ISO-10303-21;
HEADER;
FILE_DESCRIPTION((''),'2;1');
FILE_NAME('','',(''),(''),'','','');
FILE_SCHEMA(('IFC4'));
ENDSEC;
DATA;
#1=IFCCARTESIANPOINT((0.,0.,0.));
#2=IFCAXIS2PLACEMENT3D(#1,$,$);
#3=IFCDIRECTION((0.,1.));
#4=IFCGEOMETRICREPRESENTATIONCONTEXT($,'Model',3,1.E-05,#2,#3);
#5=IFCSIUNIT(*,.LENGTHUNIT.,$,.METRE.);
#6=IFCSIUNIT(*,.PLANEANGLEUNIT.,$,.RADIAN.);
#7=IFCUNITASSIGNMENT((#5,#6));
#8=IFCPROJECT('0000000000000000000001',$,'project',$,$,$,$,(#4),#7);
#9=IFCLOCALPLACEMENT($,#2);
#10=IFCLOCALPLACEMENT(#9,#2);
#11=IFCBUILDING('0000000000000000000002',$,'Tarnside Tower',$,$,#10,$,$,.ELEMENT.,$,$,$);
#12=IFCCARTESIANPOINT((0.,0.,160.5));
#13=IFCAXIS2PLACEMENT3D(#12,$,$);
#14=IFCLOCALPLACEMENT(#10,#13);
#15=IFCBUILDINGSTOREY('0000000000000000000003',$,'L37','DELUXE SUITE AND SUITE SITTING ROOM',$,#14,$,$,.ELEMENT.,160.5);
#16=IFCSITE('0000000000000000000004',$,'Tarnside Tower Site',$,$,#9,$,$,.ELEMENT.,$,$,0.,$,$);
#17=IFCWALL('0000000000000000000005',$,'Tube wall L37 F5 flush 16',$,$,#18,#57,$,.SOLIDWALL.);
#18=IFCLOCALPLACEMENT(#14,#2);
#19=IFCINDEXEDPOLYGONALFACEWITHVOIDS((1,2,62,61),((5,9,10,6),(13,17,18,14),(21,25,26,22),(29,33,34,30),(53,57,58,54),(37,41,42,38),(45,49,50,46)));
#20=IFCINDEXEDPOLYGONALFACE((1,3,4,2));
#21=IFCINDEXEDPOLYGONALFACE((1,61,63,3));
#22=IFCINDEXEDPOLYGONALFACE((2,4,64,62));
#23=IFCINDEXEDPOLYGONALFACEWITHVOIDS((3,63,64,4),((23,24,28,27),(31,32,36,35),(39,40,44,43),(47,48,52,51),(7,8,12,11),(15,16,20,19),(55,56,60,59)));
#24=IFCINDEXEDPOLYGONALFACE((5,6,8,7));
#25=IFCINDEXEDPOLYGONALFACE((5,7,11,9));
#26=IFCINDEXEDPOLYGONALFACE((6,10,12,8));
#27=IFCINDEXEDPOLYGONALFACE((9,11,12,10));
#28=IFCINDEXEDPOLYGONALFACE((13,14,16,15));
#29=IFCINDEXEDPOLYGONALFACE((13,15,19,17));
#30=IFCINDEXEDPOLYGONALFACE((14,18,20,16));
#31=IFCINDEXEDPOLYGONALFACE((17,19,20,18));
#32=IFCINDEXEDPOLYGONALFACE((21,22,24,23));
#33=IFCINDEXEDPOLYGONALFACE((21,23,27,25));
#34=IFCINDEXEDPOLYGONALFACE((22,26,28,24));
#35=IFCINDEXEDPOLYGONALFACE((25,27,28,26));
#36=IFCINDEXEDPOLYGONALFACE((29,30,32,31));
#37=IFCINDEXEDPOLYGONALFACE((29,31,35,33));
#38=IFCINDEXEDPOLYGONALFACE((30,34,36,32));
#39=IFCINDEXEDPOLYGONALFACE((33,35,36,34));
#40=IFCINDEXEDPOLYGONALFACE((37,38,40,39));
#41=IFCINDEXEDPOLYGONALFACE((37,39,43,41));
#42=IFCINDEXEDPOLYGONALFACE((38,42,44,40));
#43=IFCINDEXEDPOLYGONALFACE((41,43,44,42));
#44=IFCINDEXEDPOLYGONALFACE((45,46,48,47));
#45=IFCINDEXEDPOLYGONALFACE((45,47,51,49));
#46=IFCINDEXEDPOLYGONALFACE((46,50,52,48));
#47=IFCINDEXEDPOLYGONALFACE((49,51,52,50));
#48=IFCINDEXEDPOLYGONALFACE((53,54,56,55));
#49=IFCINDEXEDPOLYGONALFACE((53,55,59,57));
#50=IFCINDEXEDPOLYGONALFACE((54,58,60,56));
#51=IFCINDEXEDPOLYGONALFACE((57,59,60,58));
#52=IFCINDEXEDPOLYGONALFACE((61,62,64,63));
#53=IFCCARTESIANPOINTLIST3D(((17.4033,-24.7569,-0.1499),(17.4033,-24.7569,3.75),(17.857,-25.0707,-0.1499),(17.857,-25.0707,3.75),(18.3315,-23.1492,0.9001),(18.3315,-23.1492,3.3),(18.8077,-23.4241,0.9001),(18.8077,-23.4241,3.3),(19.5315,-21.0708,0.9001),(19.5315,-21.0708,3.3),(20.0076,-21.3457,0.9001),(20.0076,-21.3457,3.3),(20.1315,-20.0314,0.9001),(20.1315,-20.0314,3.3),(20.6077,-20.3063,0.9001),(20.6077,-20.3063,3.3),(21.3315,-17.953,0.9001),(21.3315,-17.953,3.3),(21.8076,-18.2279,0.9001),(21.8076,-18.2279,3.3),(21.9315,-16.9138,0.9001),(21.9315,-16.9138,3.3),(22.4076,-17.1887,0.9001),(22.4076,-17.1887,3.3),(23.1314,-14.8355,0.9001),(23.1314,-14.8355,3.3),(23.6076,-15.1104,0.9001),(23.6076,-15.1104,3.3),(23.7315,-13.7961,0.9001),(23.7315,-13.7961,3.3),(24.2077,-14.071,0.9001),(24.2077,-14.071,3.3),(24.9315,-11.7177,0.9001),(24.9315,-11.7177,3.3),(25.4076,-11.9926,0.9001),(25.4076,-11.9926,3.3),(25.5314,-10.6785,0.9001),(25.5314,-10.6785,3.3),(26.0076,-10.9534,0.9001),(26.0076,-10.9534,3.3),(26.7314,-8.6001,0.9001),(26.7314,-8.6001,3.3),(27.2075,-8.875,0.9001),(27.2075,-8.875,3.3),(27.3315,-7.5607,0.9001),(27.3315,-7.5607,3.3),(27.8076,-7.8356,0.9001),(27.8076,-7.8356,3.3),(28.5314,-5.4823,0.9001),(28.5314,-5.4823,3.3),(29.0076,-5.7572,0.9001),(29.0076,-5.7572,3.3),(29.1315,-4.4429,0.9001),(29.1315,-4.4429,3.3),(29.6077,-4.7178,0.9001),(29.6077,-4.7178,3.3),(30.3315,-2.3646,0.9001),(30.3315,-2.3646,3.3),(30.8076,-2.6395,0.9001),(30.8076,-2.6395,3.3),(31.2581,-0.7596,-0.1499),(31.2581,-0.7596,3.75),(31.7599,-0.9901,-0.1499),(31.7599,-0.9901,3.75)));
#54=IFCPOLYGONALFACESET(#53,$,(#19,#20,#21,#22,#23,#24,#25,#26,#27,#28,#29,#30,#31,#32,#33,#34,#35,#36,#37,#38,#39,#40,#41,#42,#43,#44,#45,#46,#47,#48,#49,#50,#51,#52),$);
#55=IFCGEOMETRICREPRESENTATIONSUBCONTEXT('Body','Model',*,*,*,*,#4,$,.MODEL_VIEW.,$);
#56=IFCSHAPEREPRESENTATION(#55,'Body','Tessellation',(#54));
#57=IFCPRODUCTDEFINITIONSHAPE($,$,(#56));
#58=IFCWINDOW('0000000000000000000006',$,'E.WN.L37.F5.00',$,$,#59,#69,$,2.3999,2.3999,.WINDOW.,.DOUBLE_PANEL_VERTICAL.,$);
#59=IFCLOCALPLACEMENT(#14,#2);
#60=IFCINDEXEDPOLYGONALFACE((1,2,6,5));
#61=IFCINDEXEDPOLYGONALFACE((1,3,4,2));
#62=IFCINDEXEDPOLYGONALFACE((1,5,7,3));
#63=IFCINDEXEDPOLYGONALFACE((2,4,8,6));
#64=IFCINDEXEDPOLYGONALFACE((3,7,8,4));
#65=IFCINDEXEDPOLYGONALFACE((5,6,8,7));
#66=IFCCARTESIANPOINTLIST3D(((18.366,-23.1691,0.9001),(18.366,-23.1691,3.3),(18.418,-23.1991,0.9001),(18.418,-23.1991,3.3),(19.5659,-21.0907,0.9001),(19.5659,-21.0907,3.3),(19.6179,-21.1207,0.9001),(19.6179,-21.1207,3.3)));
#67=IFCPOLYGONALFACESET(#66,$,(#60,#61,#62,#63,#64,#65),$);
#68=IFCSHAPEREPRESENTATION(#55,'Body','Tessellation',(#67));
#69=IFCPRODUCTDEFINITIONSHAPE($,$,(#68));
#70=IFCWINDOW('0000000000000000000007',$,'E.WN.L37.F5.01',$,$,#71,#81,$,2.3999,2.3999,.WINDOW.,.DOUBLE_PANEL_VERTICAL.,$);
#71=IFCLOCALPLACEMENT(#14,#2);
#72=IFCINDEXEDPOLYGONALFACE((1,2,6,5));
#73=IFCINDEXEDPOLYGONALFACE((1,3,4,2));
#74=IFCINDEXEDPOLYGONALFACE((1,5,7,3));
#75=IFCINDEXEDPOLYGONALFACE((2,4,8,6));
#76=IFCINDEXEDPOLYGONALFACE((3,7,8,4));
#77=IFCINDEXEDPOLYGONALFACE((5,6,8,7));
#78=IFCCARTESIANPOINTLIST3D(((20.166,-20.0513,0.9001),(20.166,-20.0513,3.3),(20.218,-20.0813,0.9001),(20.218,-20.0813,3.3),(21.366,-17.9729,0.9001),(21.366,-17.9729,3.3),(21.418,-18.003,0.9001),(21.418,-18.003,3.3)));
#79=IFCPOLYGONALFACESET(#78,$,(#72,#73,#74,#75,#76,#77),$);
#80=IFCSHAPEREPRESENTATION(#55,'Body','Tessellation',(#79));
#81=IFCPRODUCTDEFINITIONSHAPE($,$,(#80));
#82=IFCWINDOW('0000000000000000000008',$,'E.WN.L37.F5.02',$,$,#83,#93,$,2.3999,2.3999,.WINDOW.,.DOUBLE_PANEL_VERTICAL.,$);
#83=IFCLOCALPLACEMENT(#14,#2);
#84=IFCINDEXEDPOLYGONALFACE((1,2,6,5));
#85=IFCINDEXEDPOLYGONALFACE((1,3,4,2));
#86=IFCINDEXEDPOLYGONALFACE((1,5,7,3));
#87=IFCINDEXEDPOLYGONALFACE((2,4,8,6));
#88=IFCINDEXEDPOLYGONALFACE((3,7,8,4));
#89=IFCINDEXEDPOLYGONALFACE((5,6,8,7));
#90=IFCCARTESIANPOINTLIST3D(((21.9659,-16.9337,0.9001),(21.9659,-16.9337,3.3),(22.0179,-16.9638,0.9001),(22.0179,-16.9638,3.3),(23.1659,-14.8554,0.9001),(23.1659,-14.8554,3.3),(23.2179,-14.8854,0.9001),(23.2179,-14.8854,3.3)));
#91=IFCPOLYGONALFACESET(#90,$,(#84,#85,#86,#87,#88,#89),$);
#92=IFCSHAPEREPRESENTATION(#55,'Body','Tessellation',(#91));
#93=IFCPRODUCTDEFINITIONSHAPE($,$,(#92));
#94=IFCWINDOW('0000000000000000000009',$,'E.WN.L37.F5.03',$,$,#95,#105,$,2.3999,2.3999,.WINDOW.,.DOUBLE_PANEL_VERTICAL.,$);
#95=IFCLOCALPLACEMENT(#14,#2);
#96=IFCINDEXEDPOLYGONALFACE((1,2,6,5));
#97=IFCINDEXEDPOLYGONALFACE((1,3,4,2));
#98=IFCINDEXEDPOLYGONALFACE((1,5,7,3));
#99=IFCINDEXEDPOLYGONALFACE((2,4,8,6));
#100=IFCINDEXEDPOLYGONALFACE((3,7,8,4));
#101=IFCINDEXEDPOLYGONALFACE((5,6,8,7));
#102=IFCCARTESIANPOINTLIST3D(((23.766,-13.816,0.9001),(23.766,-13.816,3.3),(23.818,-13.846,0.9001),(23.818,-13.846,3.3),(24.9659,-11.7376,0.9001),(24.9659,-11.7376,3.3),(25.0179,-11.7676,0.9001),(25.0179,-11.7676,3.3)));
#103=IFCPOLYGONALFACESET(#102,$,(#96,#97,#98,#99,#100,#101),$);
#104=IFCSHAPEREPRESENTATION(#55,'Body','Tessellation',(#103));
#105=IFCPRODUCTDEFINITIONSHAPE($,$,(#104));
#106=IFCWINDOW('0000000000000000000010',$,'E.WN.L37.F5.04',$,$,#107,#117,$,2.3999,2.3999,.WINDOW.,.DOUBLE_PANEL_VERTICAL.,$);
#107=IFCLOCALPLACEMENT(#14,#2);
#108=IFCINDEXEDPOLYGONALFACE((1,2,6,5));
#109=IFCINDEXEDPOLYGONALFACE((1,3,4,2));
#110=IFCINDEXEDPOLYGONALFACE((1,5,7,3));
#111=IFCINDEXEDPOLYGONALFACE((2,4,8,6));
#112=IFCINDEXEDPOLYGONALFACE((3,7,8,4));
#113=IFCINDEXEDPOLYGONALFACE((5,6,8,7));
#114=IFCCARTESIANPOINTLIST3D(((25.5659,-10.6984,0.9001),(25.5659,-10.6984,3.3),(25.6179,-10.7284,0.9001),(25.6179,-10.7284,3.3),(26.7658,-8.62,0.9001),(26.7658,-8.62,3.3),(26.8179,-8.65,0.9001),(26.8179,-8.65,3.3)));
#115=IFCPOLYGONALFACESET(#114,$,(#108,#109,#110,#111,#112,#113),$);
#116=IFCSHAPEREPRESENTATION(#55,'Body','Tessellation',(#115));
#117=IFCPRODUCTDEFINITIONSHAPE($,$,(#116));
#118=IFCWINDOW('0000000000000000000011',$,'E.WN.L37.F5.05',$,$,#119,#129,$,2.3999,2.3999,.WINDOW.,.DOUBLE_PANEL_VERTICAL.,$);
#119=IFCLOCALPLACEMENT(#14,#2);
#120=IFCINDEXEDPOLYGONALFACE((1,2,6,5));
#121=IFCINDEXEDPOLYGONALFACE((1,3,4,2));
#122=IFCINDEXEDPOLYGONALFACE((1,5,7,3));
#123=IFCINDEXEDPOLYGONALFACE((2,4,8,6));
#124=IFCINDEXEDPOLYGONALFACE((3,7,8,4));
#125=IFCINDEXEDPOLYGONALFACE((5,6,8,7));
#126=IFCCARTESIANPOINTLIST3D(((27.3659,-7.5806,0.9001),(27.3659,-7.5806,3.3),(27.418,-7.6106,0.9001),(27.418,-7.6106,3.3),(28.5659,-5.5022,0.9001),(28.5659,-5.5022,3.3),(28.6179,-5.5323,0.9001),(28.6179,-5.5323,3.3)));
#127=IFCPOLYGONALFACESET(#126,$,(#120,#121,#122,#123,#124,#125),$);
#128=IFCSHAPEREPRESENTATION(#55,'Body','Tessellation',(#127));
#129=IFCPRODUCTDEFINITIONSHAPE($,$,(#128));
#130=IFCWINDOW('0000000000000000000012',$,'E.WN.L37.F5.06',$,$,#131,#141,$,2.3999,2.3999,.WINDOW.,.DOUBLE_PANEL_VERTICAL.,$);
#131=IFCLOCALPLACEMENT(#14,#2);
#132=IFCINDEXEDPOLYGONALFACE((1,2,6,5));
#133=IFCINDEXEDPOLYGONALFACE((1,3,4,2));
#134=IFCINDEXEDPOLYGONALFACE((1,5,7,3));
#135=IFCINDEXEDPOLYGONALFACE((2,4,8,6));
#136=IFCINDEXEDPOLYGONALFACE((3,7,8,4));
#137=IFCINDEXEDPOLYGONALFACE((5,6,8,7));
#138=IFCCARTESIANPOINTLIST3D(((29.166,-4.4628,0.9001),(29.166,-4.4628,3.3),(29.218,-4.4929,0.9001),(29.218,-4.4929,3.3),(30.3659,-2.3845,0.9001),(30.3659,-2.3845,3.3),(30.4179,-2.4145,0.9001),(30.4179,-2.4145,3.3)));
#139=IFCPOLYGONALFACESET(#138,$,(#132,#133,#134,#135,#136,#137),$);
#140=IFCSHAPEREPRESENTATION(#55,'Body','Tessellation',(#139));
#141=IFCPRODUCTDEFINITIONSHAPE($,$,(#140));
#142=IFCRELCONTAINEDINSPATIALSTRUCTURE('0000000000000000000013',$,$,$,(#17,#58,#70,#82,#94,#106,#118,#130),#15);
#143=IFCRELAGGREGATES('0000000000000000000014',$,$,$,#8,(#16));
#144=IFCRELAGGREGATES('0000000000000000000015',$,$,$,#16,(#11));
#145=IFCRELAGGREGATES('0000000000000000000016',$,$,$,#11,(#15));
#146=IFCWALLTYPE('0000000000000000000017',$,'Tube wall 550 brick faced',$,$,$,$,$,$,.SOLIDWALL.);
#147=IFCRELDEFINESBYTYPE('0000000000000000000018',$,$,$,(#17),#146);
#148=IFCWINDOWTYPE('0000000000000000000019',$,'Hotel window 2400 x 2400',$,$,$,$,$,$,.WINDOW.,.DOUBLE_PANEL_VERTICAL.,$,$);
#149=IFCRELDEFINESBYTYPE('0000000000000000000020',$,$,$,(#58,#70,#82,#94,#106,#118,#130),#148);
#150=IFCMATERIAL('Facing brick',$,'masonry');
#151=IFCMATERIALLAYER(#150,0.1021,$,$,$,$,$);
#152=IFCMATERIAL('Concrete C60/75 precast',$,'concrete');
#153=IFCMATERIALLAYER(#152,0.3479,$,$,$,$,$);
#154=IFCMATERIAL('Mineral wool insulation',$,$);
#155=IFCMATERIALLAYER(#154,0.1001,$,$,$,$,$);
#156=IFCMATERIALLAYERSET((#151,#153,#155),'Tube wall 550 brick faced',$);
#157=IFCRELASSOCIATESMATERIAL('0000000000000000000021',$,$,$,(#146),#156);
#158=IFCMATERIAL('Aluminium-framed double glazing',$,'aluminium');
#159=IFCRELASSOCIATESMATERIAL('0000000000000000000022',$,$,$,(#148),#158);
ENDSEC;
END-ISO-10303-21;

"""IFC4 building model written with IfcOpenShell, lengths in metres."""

from ifc_helpers import new_model, si_unit, direction, frame, frame_2d, origin, place, context, subcontext, project, spatial, polyline, rectangle, outline, extrude, material, layer, layer_set, type_object, element, fill, save


model = new_model("IFC4")

# Units and contexts
model_context = context("Model", 3, precision=1e-05, world=origin(), true_north=direction((0.0, 1.0)))
body_context = subcontext(model_context, "Body", "Model", "MODEL_VIEW")
ifc_project = project(units=[si_unit("LENGTHUNIT", "METRE"), si_unit("PLANEANGLEUNIT", "RADIAN")], contexts=[model_context])

# Site, building, storey
site_placement = place(None, origin())
site = spatial("IfcSite", under=ifc_project, at=site_placement, Name="Tarnside Tower Site", CompositionType="ELEMENT", RefElevation=0.0)
building_placement = place(site_placement, origin())
building = spatial("IfcBuilding", under=site, at=building_placement, Name="Tarnside Tower", CompositionType="ELEMENT")
storey_placement = place(building_placement, frame((0.0, 0.0, 160.5)))
storey = spatial("IfcBuildingStorey", under=building, at=storey_placement, Name="L37", Description="DELUXE SUITE AND SUITE SITTING ROOM", CompositionType="ELEMENT", Elevation=160.5)

# Shared definitions
ifc_material_1 = material(Name="Facing brick", Category="masonry")
ifc_layer_1 = layer(ifc_material_1, 0.1021)
ifc_material_2 = material(Name="Concrete C60/75 precast", Category="concrete")
ifc_layer_2 = layer(ifc_material_2, 0.3479)
ifc_material_3 = material(Name="Mineral wool insulation")
ifc_layer_3 = layer(ifc_material_3, 0.1001)
ifc_layer_set_1 = layer_set([ifc_layer_1, ifc_layer_2, ifc_layer_3], Name="Tube wall 550 brick faced")
wall_type_1 = type_object("IfcWallType", Name="Tube wall 550 brick faced", PredefinedType="SOLIDWALL", material=ifc_layer_set_1)

# Wall, openings, windows
wall_1_placement = place(storey_placement, frame((17.6301, -24.9138, -0.1499), z_axis=(0.0, 0.0, 1.0), x_axis=(0.499999, 0.866026, 0.0)))
wall_1 = element("IfcWall", 1, at=wall_1_placement, inside=storey, type_object=wall_type_1, Name="Tube wall L37 F5 flush 16", PredefinedType="SOLIDWALL", context=body_context, shape_type="SweptSolid", body=[
    extrude(outline(polyline([(-0.0225, -0.2749), (27.7834, -0.2749), (27.7322, 0.2749), (0.0225, 0.2749), (-0.0225, -0.2749)])), origin(), (0.0, 0.0, 1.0), 3.8999),
])
opening_1_placement = place(wall_1_placement, frame((1.8789, 0.0, 1.05)))
opening_1 = element("IfcOpeningElement", 2, at=opening_1_placement, cuts=wall_1, PredefinedType="OPENING", context=body_context, shape_type="SweptSolid", body=[
    extrude(rectangle(XDim=2.3999, YDim=2.3999, at=frame_2d((1.2, 1.2))), frame((0.0, 0.2852, 0.0), z_axis=(0.0, -1.0, 0.0), x_axis=(1.0, 0.0, 0.0)), (0.0, 0.0, 1.0), 0.5701),
])
opening_2_placement = place(wall_1_placement, frame((5.479, 0.0, 1.05)))
opening_2 = element("IfcOpeningElement", 3, at=opening_2_placement, cuts=wall_1, PredefinedType="OPENING", context=body_context, shape_type="SweptSolid", body=[
    extrude(rectangle(XDim=2.3999, YDim=2.3999, at=frame_2d((1.2, 1.2))), frame((0.0, 0.2852, 0.0), z_axis=(0.0, -1.0, 0.0), x_axis=(1.0, 0.0, 0.0)), (0.0, 0.0, 1.0), 0.5701),
])
opening_3_placement = place(wall_1_placement, frame((9.0789, 0.0, 1.05)))
opening_3 = element("IfcOpeningElement", 4, at=opening_3_placement, cuts=wall_1, PredefinedType="OPENING", context=body_context, shape_type="SweptSolid", body=[
    extrude(rectangle(XDim=2.3999, YDim=2.3999, at=frame_2d((1.2, 1.2))), frame((0.0, 0.2852, 0.0), z_axis=(0.0, -1.0, 0.0), x_axis=(1.0, 0.0, 0.0)), (0.0, 0.0, 1.0), 0.5701),
])
opening_4_placement = place(wall_1_placement, frame((12.679, 0.0, 1.05)))
opening_4 = element("IfcOpeningElement", 5, at=opening_4_placement, cuts=wall_1, PredefinedType="OPENING", context=body_context, shape_type="SweptSolid", body=[
    extrude(rectangle(XDim=2.3999, YDim=2.3999, at=frame_2d((1.2, 1.2))), frame((0.0, 0.2852, 0.0), z_axis=(0.0, -1.0, 0.0), x_axis=(1.0, 0.0, 0.0)), (0.0, 0.0, 1.0), 0.5701),
])
opening_5_placement = place(wall_1_placement, frame((16.2788, 0.0, 1.05)))
opening_5 = element("IfcOpeningElement", 6, at=opening_5_placement, cuts=wall_1, PredefinedType="OPENING", context=body_context, shape_type="SweptSolid", body=[
    extrude(rectangle(XDim=2.3999, YDim=2.3999, at=frame_2d((1.2, 1.2))), frame((0.0, 0.2852, 0.0), z_axis=(0.0, -1.0, 0.0), x_axis=(1.0, 0.0, 0.0)), (0.0, 0.0, 1.0), 0.5701),
])
opening_6_placement = place(wall_1_placement, frame((19.8789, 0.0, 1.05)))
opening_6 = element("IfcOpeningElement", 7, at=opening_6_placement, cuts=wall_1, PredefinedType="OPENING", context=body_context, shape_type="SweptSolid", body=[
    extrude(rectangle(XDim=2.3999, YDim=2.3999, at=frame_2d((1.2, 1.2))), frame((0.0, 0.2852, 0.0), z_axis=(0.0, -1.0, 0.0), x_axis=(1.0, 0.0, 0.0)), (0.0, 0.0, 1.0), 0.5701),
])
opening_7_placement = place(wall_1_placement, frame((23.479, 0.0, 1.05)))
opening_7 = element("IfcOpeningElement", 8, at=opening_7_placement, cuts=wall_1, PredefinedType="OPENING", context=body_context, shape_type="SweptSolid", body=[
    extrude(rectangle(XDim=2.3999, YDim=2.3999, at=frame_2d((1.2, 1.2))), frame((0.0, 0.2852, 0.0), z_axis=(0.0, -1.0, 0.0), x_axis=(1.0, 0.0, 0.0)), (0.0, 0.0, 1.0), 0.5701),
])
ifc_material_4 = material(Name="Aluminium-framed double glazing", Category="aluminium")
window_type = type_object("IfcWindowType", Name="Hotel window 2400 x 2400", PartitioningType="DOUBLE_PANEL_VERTICAL", PredefinedType="WINDOW", material=ifc_material_4)
window_1_placement = place(opening_1_placement, frame((0.0, 0.2051, 0.0)))
window_1 = element("IfcWindow", 9, at=window_1_placement, inside=storey, type_object=window_type, Name="E.WN.L37.F5.00", OverallHeight=2.3999, OverallWidth=2.3999, PartitioningType="DOUBLE_PANEL_VERTICAL", PredefinedType="WINDOW", context=body_context, shape_type="SweptSolid", body=[
    extrude(rectangle(XDim=2.3999, YDim=2.3999, at=frame_2d((1.2, 1.2))), frame((0.0, 0.03, 0.0), z_axis=(0.0, -1.0, 0.0), x_axis=(1.0, 0.0, 0.0)), (0.0, 0.0, 1.0), 0.0601),
])
fill(opening_1, window_1)
window_2_placement = place(opening_2_placement, frame((0.0, 0.2051, 0.0)))
window_2 = element("IfcWindow", 10, at=window_2_placement, inside=storey, type_object=window_type, Name="E.WN.L37.F5.01", OverallHeight=2.3999, OverallWidth=2.3999, PartitioningType="DOUBLE_PANEL_VERTICAL", PredefinedType="WINDOW", context=body_context, shape_type="SweptSolid", body=[
    extrude(rectangle(XDim=2.3999, YDim=2.3999, at=frame_2d((1.2, 1.2))), frame((0.0, 0.03, 0.0), z_axis=(0.0, -1.0, 0.0), x_axis=(1.0, 0.0, 0.0)), (0.0, 0.0, 1.0), 0.0601),
])
fill(opening_2, window_2)
window_3_placement = place(opening_3_placement, frame((0.0, 0.2051, 0.0)))
window_3 = element("IfcWindow", 11, at=window_3_placement, inside=storey, type_object=window_type, Name="E.WN.L37.F5.02", OverallHeight=2.3999, OverallWidth=2.3999, PartitioningType="DOUBLE_PANEL_VERTICAL", PredefinedType="WINDOW", context=body_context, shape_type="SweptSolid", body=[
    extrude(rectangle(XDim=2.3999, YDim=2.3999, at=frame_2d((1.2, 1.2))), frame((0.0, 0.03, 0.0), z_axis=(0.0, -1.0, 0.0), x_axis=(1.0, 0.0, 0.0)), (0.0, 0.0, 1.0), 0.0601),
])
fill(opening_3, window_3)
window_4_placement = place(opening_4_placement, frame((0.0, 0.2051, 0.0)))
window_4 = element("IfcWindow", 12, at=window_4_placement, inside=storey, type_object=window_type, Name="E.WN.L37.F5.03", OverallHeight=2.3999, OverallWidth=2.3999, PartitioningType="DOUBLE_PANEL_VERTICAL", PredefinedType="WINDOW", context=body_context, shape_type="SweptSolid", body=[
    extrude(rectangle(XDim=2.3999, YDim=2.3999, at=frame_2d((1.2, 1.2))), frame((0.0, 0.03, 0.0), z_axis=(0.0, -1.0, 0.0), x_axis=(1.0, 0.0, 0.0)), (0.0, 0.0, 1.0), 0.0601),
])
fill(opening_4, window_4)
window_5_placement = place(opening_5_placement, frame((0.0, 0.2051, 0.0)))
window_5 = element("IfcWindow", 13, at=window_5_placement, inside=storey, type_object=window_type, Name="E.WN.L37.F5.04", OverallHeight=2.3999, OverallWidth=2.3999, PartitioningType="DOUBLE_PANEL_VERTICAL", PredefinedType="WINDOW", context=body_context, shape_type="SweptSolid", body=[
    extrude(rectangle(XDim=2.3999, YDim=2.3999, at=frame_2d((1.2, 1.2))), frame((0.0, 0.03, 0.0), z_axis=(0.0, -1.0, 0.0), x_axis=(1.0, 0.0, 0.0)), (0.0, 0.0, 1.0), 0.0601),
])
fill(opening_5, window_5)
window_6_placement = place(opening_6_placement, frame((0.0, 0.2051, 0.0)))
window_6 = element("IfcWindow", 14, at=window_6_placement, inside=storey, type_object=window_type, Name="E.WN.L37.F5.05", OverallHeight=2.3999, OverallWidth=2.3999, PartitioningType="DOUBLE_PANEL_VERTICAL", PredefinedType="WINDOW", context=body_context, shape_type="SweptSolid", body=[
    extrude(rectangle(XDim=2.3999, YDim=2.3999, at=frame_2d((1.2, 1.2))), frame((0.0, 0.03, 0.0), z_axis=(0.0, -1.0, 0.0), x_axis=(1.0, 0.0, 0.0)), (0.0, 0.0, 1.0), 0.0601),
])
fill(opening_6, window_6)
window_7_placement = place(opening_7_placement, frame((0.0, 0.2051, 0.0)))
window_7 = element("IfcWindow", 15, at=window_7_placement, inside=storey, type_object=window_type, Name="E.WN.L37.F5.06", OverallHeight=2.3999, OverallWidth=2.3999, PartitioningType="DOUBLE_PANEL_VERTICAL", PredefinedType="WINDOW", context=body_context, shape_type="SweptSolid", body=[
    extrude(rectangle(XDim=2.3999, YDim=2.3999, at=frame_2d((1.2, 1.2))), frame((0.0, 0.03, 0.0), z_axis=(0.0, -1.0, 0.0), x_axis=(1.0, 0.0, 0.0)), (0.0, 0.0, 1.0), 0.0601),
])
fill(opening_7, window_7)

save(model, "model.ifc")
